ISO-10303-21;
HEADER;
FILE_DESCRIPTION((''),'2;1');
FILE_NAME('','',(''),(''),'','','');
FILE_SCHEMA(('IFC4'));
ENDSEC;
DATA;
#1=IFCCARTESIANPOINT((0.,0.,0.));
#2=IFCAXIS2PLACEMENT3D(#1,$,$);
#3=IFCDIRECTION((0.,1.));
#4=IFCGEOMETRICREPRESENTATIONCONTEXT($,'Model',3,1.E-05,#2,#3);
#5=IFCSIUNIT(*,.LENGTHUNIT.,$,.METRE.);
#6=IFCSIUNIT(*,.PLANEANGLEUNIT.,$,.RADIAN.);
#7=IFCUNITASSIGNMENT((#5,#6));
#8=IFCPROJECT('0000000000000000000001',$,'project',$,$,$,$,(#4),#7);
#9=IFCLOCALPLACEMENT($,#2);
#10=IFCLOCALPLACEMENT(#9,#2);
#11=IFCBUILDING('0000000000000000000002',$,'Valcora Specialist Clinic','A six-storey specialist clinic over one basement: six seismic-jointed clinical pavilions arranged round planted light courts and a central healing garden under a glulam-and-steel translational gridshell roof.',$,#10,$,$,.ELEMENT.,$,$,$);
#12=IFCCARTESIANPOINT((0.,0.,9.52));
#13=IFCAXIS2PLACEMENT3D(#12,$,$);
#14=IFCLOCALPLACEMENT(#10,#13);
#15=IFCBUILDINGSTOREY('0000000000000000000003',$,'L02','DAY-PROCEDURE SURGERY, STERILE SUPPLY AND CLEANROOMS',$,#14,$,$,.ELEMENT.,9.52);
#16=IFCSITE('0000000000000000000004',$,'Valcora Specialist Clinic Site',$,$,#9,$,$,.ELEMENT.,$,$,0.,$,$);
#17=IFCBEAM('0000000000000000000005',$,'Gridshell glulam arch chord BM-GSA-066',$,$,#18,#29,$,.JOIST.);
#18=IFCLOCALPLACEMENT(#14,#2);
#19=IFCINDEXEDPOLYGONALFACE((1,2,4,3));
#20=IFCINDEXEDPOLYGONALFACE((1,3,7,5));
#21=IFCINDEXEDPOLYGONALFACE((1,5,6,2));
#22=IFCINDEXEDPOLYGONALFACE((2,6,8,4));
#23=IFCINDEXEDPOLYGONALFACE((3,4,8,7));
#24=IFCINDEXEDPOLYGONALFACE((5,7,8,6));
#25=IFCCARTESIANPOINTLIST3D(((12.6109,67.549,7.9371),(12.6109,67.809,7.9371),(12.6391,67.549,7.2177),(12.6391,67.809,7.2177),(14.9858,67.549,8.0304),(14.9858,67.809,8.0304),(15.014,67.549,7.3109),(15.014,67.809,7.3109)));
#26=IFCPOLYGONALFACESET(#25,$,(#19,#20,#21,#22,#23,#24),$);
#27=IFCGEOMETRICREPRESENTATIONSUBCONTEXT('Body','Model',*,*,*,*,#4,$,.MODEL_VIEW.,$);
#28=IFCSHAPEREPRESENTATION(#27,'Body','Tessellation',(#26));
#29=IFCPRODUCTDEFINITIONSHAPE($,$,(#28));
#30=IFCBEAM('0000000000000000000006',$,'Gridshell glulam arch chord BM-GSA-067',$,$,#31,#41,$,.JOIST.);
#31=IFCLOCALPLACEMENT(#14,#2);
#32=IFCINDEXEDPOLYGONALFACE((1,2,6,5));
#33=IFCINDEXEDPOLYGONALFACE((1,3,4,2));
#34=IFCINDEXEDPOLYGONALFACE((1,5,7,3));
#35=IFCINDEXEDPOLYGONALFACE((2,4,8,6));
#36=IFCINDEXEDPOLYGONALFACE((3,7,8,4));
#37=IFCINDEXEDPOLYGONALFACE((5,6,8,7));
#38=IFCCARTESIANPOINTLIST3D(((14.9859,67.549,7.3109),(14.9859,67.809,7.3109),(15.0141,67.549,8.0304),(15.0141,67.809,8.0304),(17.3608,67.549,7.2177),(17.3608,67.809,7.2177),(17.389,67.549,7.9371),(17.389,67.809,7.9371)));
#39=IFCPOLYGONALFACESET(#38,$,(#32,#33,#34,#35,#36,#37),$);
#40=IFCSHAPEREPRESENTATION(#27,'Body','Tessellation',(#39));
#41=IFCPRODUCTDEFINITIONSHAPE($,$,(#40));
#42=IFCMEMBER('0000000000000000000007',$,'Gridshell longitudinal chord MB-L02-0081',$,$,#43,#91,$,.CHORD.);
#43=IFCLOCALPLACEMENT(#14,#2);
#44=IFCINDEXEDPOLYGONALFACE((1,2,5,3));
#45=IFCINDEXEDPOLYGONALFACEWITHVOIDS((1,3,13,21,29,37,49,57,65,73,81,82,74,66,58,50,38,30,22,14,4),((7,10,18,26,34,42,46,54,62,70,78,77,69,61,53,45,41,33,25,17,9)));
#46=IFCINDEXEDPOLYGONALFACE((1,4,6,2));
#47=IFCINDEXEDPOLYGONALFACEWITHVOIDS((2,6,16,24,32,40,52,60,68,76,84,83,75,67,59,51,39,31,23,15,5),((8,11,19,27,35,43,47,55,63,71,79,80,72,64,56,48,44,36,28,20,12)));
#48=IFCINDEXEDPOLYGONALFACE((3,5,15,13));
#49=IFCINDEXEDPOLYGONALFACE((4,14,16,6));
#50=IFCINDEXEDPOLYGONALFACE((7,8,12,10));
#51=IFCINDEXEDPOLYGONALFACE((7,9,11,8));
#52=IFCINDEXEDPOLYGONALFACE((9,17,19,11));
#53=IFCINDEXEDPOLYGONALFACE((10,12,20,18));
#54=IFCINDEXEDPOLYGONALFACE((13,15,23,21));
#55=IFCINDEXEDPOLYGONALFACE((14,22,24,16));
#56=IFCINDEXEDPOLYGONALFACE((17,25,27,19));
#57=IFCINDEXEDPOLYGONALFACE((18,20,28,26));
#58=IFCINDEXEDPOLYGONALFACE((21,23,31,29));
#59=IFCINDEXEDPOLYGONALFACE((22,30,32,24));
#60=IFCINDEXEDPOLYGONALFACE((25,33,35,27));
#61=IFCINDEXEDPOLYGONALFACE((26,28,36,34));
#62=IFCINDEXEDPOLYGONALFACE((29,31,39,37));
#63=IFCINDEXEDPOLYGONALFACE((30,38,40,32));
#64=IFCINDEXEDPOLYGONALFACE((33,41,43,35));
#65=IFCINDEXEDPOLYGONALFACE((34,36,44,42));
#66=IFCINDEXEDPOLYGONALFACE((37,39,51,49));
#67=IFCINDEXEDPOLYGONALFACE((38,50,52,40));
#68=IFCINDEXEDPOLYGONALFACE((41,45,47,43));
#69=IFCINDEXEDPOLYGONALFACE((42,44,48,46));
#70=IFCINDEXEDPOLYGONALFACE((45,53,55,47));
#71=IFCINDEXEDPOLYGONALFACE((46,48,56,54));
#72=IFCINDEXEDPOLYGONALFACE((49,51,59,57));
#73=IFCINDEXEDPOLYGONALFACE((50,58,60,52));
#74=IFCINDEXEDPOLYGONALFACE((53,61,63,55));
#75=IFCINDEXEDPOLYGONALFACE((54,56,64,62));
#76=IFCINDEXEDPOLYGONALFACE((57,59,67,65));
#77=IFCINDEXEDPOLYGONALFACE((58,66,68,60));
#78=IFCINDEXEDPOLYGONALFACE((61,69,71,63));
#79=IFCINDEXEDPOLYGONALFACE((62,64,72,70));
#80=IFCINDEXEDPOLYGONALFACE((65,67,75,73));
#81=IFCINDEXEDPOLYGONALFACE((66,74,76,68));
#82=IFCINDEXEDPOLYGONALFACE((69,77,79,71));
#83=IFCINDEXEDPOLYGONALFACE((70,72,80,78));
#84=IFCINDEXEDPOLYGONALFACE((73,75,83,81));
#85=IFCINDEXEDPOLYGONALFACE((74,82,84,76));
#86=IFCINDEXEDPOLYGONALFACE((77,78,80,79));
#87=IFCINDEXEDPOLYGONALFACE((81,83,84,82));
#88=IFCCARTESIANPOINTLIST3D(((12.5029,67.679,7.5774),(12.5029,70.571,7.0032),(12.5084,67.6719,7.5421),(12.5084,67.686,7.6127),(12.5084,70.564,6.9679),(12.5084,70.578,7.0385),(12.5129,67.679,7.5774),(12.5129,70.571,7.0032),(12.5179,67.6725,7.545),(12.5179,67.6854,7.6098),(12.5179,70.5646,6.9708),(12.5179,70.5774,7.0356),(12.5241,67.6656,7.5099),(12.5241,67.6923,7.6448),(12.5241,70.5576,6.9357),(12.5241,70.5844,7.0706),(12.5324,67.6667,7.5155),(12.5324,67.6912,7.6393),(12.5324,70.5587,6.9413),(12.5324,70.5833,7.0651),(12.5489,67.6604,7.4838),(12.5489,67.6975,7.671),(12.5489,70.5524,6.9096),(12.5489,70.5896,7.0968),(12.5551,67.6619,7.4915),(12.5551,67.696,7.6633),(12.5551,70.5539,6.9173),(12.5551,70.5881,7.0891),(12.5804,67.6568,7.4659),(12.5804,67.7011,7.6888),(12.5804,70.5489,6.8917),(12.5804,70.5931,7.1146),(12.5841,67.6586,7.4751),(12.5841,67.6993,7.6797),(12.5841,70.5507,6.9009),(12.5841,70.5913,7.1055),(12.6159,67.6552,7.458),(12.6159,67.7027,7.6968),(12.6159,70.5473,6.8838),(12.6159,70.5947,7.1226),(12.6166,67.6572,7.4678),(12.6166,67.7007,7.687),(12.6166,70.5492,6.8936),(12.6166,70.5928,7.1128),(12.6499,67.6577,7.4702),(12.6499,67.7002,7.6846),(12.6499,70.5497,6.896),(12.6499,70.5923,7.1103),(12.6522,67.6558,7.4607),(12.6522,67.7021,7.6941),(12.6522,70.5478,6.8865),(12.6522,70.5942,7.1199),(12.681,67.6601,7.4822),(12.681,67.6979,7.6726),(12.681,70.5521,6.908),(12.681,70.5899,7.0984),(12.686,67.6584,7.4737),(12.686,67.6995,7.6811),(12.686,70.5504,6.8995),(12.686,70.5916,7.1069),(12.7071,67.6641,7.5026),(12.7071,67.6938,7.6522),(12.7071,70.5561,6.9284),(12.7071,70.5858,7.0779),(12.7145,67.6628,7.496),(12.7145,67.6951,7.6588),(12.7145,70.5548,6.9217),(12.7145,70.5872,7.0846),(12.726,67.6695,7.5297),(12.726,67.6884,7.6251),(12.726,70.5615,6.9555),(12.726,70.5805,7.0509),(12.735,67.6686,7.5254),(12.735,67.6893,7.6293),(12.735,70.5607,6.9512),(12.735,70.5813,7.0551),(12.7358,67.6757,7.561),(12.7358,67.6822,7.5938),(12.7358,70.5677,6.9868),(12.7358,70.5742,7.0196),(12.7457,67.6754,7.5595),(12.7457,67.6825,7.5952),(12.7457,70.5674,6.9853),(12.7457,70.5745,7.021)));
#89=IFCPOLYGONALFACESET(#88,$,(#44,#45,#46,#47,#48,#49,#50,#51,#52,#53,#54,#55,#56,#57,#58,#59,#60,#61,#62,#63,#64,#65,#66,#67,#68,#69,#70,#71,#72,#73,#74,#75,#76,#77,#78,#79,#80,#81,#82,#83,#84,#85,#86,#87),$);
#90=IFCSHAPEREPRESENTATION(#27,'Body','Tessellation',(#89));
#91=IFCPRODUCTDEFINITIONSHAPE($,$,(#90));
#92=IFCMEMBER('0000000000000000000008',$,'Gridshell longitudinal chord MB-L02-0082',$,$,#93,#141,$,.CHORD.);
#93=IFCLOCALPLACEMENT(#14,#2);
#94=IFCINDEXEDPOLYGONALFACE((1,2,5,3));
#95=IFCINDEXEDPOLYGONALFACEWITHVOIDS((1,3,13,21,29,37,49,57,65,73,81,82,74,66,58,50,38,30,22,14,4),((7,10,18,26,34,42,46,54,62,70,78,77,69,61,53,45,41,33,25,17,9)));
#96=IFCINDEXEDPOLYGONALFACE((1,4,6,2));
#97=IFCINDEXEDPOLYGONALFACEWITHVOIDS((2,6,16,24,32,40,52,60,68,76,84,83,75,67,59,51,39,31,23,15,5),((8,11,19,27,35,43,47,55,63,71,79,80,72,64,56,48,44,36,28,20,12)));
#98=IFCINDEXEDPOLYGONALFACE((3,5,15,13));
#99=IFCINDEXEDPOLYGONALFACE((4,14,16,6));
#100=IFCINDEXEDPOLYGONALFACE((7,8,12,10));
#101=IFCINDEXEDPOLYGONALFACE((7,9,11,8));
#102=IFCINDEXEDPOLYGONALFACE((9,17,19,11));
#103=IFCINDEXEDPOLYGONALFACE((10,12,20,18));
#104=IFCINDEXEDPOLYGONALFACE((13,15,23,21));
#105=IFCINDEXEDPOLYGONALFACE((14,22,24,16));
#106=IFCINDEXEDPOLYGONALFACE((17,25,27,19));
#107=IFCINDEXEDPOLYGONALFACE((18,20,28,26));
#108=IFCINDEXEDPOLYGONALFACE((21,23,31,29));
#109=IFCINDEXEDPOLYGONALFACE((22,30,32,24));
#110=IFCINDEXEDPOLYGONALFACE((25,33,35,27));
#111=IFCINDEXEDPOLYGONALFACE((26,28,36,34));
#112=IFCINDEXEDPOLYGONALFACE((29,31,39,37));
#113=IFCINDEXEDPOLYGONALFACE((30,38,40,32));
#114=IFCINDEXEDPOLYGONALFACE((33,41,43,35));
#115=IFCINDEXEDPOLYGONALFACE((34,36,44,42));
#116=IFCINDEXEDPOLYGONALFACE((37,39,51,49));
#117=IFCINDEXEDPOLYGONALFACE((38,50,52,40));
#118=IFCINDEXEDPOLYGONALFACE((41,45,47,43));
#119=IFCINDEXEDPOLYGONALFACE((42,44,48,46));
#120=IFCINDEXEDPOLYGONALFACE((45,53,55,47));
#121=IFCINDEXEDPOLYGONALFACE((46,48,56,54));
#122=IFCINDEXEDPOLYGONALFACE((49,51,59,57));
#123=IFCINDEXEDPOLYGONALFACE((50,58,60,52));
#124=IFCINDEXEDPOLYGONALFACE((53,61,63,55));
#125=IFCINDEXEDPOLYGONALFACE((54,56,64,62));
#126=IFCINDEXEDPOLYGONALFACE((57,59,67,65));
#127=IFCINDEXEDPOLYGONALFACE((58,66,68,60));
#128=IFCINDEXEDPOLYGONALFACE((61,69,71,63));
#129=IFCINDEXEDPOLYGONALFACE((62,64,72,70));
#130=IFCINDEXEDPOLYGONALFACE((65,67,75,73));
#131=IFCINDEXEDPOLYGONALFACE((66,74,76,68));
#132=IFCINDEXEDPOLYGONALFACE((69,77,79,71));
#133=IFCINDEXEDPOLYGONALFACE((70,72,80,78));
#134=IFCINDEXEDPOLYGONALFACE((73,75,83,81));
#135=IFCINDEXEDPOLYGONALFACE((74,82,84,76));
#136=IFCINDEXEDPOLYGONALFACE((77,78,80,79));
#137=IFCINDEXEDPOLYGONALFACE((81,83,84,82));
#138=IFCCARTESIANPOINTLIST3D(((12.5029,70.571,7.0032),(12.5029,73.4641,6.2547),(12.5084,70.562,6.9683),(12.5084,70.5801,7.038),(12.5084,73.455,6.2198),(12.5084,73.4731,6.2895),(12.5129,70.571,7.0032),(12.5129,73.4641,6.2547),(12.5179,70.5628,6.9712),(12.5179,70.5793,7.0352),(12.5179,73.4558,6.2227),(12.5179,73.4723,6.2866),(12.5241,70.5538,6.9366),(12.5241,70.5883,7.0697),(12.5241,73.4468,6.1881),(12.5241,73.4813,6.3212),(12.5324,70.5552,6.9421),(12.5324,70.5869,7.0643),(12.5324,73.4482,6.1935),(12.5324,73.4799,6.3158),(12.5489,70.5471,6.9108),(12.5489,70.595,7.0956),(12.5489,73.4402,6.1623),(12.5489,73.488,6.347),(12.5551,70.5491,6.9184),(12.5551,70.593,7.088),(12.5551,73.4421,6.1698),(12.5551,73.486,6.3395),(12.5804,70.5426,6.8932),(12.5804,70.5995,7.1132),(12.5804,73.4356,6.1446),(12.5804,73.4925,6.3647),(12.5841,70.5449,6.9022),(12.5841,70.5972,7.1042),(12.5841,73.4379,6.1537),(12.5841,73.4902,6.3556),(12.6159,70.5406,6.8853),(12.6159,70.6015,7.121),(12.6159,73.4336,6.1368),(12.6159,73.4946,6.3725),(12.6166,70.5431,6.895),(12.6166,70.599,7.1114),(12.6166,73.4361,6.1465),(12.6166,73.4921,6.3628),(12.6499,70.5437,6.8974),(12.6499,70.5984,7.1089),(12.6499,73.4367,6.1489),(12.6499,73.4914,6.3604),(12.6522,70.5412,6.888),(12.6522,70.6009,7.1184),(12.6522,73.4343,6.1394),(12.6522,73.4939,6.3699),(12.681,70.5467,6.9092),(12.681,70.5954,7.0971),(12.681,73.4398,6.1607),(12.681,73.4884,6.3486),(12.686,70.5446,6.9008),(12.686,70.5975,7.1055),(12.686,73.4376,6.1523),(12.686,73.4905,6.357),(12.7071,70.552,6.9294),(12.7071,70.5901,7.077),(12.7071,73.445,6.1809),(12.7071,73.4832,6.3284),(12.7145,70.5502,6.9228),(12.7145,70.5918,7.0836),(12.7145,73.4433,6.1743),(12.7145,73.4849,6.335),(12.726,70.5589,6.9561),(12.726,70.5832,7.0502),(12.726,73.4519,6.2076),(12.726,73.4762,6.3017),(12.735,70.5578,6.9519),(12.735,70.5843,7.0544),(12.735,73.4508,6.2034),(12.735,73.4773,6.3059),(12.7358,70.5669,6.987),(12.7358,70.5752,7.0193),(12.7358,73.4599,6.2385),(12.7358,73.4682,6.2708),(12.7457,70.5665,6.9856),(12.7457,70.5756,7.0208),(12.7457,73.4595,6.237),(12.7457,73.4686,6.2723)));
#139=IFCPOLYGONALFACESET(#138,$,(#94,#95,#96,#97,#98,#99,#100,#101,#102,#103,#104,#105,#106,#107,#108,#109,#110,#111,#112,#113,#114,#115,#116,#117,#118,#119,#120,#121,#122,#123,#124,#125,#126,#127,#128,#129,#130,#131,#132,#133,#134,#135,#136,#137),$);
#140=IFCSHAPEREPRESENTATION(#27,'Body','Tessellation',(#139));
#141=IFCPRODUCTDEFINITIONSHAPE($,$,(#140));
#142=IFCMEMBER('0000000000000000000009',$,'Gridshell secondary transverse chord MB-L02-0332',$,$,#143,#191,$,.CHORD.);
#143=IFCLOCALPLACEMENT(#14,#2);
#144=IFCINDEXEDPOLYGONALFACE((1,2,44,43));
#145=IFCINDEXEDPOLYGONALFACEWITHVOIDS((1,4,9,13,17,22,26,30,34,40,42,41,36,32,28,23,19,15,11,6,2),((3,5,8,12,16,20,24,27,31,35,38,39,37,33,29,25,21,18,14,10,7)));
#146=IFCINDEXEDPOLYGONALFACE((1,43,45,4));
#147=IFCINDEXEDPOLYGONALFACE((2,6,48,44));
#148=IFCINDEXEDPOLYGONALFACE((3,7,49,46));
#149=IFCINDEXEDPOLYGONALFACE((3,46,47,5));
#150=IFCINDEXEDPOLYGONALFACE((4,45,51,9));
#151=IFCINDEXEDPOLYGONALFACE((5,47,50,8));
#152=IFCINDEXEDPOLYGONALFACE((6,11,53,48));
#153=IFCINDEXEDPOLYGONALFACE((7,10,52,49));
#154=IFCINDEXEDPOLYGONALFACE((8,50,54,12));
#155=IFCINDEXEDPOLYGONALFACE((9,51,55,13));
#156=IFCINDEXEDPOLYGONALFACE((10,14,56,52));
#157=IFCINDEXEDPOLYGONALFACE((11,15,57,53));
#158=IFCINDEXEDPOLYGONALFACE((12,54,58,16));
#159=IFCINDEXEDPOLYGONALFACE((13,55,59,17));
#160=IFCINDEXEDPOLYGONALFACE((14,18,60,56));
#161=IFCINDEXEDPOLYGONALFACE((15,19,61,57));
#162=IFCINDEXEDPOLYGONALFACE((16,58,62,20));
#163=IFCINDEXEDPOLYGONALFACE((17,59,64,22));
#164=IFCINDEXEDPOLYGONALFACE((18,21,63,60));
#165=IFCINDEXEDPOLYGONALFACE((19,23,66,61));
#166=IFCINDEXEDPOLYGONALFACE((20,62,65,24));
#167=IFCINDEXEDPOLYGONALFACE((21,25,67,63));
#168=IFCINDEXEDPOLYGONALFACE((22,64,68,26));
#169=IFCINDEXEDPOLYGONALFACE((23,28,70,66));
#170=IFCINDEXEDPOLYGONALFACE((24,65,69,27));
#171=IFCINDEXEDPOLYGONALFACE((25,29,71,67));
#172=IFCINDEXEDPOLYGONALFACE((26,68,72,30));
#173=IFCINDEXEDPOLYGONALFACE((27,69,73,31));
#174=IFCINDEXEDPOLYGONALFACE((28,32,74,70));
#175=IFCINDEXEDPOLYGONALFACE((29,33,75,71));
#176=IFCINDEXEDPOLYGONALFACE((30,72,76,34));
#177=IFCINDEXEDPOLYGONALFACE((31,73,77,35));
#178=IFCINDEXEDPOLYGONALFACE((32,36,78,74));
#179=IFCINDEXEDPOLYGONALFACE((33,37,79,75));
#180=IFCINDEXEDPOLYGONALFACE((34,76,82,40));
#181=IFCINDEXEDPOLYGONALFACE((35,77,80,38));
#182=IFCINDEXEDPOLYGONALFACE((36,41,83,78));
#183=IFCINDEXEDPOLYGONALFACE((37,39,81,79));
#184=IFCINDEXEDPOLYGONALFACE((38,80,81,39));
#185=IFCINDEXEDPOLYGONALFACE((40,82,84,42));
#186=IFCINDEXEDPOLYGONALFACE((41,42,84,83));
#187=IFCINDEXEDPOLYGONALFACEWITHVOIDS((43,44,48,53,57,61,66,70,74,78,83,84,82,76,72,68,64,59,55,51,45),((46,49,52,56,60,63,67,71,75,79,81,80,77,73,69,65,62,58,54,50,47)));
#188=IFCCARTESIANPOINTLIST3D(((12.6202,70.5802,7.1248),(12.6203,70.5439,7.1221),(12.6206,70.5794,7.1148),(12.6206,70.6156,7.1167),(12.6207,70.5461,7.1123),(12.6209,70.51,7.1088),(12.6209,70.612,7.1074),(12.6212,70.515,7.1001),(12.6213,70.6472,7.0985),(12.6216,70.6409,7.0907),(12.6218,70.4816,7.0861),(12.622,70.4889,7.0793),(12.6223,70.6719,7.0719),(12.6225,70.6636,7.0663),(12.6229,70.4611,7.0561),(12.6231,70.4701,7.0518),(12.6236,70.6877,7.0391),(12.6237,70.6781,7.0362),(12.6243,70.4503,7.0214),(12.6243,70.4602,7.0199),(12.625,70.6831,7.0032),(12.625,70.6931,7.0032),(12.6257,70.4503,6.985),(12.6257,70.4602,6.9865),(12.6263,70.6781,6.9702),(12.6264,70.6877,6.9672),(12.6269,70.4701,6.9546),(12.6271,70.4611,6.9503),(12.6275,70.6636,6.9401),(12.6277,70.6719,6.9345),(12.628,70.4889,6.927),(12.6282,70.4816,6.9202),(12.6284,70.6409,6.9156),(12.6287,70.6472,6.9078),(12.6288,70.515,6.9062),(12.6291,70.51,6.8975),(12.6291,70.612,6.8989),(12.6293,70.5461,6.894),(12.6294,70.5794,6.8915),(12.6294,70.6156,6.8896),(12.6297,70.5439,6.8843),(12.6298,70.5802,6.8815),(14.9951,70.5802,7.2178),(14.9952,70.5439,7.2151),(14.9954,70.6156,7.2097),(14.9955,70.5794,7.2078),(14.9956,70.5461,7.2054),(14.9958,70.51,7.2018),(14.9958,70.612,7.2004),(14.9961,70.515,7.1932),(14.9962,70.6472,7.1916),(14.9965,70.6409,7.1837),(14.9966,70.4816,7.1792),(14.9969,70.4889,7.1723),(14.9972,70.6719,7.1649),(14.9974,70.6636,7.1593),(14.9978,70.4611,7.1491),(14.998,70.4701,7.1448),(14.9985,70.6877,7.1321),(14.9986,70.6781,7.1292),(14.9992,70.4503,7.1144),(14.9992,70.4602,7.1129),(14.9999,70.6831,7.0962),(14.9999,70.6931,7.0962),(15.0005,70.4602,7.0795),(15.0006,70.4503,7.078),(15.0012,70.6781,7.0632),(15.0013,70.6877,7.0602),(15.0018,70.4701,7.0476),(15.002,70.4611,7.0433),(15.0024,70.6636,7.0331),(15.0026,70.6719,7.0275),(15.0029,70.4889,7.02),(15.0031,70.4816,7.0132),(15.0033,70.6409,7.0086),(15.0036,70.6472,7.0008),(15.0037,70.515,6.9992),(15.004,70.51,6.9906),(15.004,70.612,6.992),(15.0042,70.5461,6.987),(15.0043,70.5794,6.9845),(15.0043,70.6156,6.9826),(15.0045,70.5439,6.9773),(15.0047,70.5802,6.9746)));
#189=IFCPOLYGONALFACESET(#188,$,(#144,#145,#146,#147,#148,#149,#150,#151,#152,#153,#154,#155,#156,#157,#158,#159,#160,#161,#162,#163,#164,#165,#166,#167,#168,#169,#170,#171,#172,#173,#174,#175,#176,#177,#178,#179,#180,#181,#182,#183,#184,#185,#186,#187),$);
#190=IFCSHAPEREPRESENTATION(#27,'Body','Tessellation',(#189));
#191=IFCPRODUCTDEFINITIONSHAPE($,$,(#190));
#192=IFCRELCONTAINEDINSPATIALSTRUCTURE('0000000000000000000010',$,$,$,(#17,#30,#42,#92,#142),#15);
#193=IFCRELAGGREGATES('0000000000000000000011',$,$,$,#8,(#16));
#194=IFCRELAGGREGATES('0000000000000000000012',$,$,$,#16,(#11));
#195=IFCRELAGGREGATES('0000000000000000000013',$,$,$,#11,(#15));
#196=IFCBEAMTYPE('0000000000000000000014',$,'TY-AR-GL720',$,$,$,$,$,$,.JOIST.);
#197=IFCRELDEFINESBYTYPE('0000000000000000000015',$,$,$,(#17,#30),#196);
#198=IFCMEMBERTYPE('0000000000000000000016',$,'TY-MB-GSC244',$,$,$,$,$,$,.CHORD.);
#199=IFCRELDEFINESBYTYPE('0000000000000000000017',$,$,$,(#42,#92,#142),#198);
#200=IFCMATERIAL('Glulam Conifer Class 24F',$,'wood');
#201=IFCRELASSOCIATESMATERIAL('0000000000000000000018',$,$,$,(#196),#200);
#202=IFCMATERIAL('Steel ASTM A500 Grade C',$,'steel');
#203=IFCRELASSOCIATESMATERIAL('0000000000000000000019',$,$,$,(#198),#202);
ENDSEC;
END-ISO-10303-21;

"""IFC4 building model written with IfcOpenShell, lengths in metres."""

from ifc_helpers import new_model, si_unit, direction, frame, origin, origin_2d, place, context, subcontext, project, spatial, rectangle, hollow_circle, extrude, material, material_profile, profile_set, type_object, element, save


model = new_model("IFC4")

# Units and contexts
model_context = context("Model", 3, precision=1e-05, world=origin(), true_north=direction((0.0, 1.0)))
body_context = subcontext(model_context, "Body", "Model", "MODEL_VIEW")
ifc_project = project(units=[si_unit("LENGTHUNIT", "METRE"), si_unit("PLANEANGLEUNIT", "RADIAN")], contexts=[model_context])

# Site, building, storey
site_placement = place(None, origin())
site = spatial("IfcSite", under=ifc_project, at=site_placement, Name="Valcora Specialist Clinic Site", CompositionType="ELEMENT", RefElevation=0.0)
building_placement = place(site_placement, origin())
building = spatial("IfcBuilding", under=site, at=building_placement, Name="Valcora Specialist Clinic", Description="A six-storey specialist clinic over one basement: six seismic-jointed clinical pavilions arranged round planted light courts and a central healing garden under a glulam-and-steel translational gridshell roof.", CompositionType="ELEMENT")
storey_placement = place(building_placement, frame((0.0, 0.0, 9.52)))
storey = spatial("IfcBuildingStorey", under=building, at=storey_placement, Name="L02", Description="DAY-PROCEDURE SURGERY, STERILE SUPPLY AND CLEANROOMS", CompositionType="ELEMENT", Elevation=9.52)

# Beams
ifc_material_1 = material(Name="Glulam Conifer Class 24F", Category="wood")
ifc_material_profile_1 = material_profile(ifc_material_1, rectangle(XDim=0.26, YDim=0.72, at=origin_2d()), Name="GL-ARC-260X720")
ifc_profile_set_1 = profile_set([ifc_material_profile_1], Name="Glulam Conifer Class 24F")
beam_type = type_object("IfcBeamType", Name="TY-AR-GL720", PredefinedType="JOIST", material=ifc_profile_set_1)
for number, where, z_axis, x_axis, name in (
    (1, (12.625, 67.679, 7.5774), (0.99923, 0.0, 0.039238), (0.0, 1.0, 0.0), "Gridshell glulam arch chord BM-GSA-066"),
    (2, (15.0, 67.679, 7.6707), (0.99923, 0.0, -0.039238), (0.0, 1.0, 0.0), "Gridshell glulam arch chord BM-GSA-067"),
):
    element("IfcBeam", number, at=place(storey_placement, frame(where, z_axis=z_axis, x_axis=x_axis)), inside=storey, type_object=beam_type, Name=name, PredefinedType="JOIST", context=body_context, shape_type="SweptSolid", body=[
        extrude(rectangle(XDim=0.26, YDim=0.72, at=origin_2d()), origin(), (0.0, 0.0, 1.0), 2.3767),
    ])

# Members
ifc_material_2 = material(Name="Steel ASTM A500 Grade C", Category="steel")
ifc_material_profile_2 = material_profile(ifc_material_2, hollow_circle(Radius=0.1221, WallThickness=0.01, at=origin_2d()), Name="ST-CHS-244X10")
ifc_profile_set_2 = profile_set([ifc_material_profile_2], Name="Steel ASTM A500 Grade C")
member_type_1 = type_object("IfcMemberType", Name="TY-MB-GSC244", PredefinedType="CHORD", material=ifc_profile_set_2)
member_1_placement = place(storey_placement, frame((12.625, 67.679, 7.5774), z_axis=(0.0, 0.980854, -0.194747), x_axis=(-1.0, 0.0, 0.0)))
element("IfcMember", 3, at=member_1_placement, inside=storey, type_object=member_type_1, Name="Gridshell longitudinal chord MB-L02-0081", PredefinedType="CHORD", context=body_context, shape_type="SweptSolid", body=[
    extrude(hollow_circle(Radius=0.1221, WallThickness=0.01, at=origin_2d()), origin(), (0.0, 0.0, 1.0), 2.9485),
])
member_2_placement = place(storey_placement, frame((12.625, 70.571, 7.0032), z_axis=(0.0, 0.96812, -0.250486), x_axis=(-1.0, 0.0, 0.0)))
element("IfcMember", 4, at=member_2_placement, inside=storey, type_object=member_type_1, Name="Gridshell longitudinal chord MB-L02-0082", PredefinedType="CHORD", context=body_context, shape_type="SweptSolid", body=[
    extrude(hollow_circle(Radius=0.1221, WallThickness=0.01, at=origin_2d()), origin(), (0.0, 0.0, 1.0), 2.9883),
])
for number, where, z_axis, x_axis, name in (
    (5, (12.625, 70.571, 7.0032), (0.999234, 0.0, 0.039135), (0.0, 1.0, 0.0), "Gridshell secondary transverse chord MB-L02-0332"),
):
    element("IfcMember", number, at=place(storey_placement, frame(where, z_axis=z_axis, x_axis=x_axis)), inside=storey, type_object=member_type_1, Name=name, PredefinedType="CHORD", context=body_context, shape_type="SweptSolid", body=[
        extrude(hollow_circle(Radius=0.1221, WallThickness=0.01, at=origin_2d()), origin(), (0.0, 0.0, 1.0), 2.3767),
    ])

save(model, "model.ifc")
